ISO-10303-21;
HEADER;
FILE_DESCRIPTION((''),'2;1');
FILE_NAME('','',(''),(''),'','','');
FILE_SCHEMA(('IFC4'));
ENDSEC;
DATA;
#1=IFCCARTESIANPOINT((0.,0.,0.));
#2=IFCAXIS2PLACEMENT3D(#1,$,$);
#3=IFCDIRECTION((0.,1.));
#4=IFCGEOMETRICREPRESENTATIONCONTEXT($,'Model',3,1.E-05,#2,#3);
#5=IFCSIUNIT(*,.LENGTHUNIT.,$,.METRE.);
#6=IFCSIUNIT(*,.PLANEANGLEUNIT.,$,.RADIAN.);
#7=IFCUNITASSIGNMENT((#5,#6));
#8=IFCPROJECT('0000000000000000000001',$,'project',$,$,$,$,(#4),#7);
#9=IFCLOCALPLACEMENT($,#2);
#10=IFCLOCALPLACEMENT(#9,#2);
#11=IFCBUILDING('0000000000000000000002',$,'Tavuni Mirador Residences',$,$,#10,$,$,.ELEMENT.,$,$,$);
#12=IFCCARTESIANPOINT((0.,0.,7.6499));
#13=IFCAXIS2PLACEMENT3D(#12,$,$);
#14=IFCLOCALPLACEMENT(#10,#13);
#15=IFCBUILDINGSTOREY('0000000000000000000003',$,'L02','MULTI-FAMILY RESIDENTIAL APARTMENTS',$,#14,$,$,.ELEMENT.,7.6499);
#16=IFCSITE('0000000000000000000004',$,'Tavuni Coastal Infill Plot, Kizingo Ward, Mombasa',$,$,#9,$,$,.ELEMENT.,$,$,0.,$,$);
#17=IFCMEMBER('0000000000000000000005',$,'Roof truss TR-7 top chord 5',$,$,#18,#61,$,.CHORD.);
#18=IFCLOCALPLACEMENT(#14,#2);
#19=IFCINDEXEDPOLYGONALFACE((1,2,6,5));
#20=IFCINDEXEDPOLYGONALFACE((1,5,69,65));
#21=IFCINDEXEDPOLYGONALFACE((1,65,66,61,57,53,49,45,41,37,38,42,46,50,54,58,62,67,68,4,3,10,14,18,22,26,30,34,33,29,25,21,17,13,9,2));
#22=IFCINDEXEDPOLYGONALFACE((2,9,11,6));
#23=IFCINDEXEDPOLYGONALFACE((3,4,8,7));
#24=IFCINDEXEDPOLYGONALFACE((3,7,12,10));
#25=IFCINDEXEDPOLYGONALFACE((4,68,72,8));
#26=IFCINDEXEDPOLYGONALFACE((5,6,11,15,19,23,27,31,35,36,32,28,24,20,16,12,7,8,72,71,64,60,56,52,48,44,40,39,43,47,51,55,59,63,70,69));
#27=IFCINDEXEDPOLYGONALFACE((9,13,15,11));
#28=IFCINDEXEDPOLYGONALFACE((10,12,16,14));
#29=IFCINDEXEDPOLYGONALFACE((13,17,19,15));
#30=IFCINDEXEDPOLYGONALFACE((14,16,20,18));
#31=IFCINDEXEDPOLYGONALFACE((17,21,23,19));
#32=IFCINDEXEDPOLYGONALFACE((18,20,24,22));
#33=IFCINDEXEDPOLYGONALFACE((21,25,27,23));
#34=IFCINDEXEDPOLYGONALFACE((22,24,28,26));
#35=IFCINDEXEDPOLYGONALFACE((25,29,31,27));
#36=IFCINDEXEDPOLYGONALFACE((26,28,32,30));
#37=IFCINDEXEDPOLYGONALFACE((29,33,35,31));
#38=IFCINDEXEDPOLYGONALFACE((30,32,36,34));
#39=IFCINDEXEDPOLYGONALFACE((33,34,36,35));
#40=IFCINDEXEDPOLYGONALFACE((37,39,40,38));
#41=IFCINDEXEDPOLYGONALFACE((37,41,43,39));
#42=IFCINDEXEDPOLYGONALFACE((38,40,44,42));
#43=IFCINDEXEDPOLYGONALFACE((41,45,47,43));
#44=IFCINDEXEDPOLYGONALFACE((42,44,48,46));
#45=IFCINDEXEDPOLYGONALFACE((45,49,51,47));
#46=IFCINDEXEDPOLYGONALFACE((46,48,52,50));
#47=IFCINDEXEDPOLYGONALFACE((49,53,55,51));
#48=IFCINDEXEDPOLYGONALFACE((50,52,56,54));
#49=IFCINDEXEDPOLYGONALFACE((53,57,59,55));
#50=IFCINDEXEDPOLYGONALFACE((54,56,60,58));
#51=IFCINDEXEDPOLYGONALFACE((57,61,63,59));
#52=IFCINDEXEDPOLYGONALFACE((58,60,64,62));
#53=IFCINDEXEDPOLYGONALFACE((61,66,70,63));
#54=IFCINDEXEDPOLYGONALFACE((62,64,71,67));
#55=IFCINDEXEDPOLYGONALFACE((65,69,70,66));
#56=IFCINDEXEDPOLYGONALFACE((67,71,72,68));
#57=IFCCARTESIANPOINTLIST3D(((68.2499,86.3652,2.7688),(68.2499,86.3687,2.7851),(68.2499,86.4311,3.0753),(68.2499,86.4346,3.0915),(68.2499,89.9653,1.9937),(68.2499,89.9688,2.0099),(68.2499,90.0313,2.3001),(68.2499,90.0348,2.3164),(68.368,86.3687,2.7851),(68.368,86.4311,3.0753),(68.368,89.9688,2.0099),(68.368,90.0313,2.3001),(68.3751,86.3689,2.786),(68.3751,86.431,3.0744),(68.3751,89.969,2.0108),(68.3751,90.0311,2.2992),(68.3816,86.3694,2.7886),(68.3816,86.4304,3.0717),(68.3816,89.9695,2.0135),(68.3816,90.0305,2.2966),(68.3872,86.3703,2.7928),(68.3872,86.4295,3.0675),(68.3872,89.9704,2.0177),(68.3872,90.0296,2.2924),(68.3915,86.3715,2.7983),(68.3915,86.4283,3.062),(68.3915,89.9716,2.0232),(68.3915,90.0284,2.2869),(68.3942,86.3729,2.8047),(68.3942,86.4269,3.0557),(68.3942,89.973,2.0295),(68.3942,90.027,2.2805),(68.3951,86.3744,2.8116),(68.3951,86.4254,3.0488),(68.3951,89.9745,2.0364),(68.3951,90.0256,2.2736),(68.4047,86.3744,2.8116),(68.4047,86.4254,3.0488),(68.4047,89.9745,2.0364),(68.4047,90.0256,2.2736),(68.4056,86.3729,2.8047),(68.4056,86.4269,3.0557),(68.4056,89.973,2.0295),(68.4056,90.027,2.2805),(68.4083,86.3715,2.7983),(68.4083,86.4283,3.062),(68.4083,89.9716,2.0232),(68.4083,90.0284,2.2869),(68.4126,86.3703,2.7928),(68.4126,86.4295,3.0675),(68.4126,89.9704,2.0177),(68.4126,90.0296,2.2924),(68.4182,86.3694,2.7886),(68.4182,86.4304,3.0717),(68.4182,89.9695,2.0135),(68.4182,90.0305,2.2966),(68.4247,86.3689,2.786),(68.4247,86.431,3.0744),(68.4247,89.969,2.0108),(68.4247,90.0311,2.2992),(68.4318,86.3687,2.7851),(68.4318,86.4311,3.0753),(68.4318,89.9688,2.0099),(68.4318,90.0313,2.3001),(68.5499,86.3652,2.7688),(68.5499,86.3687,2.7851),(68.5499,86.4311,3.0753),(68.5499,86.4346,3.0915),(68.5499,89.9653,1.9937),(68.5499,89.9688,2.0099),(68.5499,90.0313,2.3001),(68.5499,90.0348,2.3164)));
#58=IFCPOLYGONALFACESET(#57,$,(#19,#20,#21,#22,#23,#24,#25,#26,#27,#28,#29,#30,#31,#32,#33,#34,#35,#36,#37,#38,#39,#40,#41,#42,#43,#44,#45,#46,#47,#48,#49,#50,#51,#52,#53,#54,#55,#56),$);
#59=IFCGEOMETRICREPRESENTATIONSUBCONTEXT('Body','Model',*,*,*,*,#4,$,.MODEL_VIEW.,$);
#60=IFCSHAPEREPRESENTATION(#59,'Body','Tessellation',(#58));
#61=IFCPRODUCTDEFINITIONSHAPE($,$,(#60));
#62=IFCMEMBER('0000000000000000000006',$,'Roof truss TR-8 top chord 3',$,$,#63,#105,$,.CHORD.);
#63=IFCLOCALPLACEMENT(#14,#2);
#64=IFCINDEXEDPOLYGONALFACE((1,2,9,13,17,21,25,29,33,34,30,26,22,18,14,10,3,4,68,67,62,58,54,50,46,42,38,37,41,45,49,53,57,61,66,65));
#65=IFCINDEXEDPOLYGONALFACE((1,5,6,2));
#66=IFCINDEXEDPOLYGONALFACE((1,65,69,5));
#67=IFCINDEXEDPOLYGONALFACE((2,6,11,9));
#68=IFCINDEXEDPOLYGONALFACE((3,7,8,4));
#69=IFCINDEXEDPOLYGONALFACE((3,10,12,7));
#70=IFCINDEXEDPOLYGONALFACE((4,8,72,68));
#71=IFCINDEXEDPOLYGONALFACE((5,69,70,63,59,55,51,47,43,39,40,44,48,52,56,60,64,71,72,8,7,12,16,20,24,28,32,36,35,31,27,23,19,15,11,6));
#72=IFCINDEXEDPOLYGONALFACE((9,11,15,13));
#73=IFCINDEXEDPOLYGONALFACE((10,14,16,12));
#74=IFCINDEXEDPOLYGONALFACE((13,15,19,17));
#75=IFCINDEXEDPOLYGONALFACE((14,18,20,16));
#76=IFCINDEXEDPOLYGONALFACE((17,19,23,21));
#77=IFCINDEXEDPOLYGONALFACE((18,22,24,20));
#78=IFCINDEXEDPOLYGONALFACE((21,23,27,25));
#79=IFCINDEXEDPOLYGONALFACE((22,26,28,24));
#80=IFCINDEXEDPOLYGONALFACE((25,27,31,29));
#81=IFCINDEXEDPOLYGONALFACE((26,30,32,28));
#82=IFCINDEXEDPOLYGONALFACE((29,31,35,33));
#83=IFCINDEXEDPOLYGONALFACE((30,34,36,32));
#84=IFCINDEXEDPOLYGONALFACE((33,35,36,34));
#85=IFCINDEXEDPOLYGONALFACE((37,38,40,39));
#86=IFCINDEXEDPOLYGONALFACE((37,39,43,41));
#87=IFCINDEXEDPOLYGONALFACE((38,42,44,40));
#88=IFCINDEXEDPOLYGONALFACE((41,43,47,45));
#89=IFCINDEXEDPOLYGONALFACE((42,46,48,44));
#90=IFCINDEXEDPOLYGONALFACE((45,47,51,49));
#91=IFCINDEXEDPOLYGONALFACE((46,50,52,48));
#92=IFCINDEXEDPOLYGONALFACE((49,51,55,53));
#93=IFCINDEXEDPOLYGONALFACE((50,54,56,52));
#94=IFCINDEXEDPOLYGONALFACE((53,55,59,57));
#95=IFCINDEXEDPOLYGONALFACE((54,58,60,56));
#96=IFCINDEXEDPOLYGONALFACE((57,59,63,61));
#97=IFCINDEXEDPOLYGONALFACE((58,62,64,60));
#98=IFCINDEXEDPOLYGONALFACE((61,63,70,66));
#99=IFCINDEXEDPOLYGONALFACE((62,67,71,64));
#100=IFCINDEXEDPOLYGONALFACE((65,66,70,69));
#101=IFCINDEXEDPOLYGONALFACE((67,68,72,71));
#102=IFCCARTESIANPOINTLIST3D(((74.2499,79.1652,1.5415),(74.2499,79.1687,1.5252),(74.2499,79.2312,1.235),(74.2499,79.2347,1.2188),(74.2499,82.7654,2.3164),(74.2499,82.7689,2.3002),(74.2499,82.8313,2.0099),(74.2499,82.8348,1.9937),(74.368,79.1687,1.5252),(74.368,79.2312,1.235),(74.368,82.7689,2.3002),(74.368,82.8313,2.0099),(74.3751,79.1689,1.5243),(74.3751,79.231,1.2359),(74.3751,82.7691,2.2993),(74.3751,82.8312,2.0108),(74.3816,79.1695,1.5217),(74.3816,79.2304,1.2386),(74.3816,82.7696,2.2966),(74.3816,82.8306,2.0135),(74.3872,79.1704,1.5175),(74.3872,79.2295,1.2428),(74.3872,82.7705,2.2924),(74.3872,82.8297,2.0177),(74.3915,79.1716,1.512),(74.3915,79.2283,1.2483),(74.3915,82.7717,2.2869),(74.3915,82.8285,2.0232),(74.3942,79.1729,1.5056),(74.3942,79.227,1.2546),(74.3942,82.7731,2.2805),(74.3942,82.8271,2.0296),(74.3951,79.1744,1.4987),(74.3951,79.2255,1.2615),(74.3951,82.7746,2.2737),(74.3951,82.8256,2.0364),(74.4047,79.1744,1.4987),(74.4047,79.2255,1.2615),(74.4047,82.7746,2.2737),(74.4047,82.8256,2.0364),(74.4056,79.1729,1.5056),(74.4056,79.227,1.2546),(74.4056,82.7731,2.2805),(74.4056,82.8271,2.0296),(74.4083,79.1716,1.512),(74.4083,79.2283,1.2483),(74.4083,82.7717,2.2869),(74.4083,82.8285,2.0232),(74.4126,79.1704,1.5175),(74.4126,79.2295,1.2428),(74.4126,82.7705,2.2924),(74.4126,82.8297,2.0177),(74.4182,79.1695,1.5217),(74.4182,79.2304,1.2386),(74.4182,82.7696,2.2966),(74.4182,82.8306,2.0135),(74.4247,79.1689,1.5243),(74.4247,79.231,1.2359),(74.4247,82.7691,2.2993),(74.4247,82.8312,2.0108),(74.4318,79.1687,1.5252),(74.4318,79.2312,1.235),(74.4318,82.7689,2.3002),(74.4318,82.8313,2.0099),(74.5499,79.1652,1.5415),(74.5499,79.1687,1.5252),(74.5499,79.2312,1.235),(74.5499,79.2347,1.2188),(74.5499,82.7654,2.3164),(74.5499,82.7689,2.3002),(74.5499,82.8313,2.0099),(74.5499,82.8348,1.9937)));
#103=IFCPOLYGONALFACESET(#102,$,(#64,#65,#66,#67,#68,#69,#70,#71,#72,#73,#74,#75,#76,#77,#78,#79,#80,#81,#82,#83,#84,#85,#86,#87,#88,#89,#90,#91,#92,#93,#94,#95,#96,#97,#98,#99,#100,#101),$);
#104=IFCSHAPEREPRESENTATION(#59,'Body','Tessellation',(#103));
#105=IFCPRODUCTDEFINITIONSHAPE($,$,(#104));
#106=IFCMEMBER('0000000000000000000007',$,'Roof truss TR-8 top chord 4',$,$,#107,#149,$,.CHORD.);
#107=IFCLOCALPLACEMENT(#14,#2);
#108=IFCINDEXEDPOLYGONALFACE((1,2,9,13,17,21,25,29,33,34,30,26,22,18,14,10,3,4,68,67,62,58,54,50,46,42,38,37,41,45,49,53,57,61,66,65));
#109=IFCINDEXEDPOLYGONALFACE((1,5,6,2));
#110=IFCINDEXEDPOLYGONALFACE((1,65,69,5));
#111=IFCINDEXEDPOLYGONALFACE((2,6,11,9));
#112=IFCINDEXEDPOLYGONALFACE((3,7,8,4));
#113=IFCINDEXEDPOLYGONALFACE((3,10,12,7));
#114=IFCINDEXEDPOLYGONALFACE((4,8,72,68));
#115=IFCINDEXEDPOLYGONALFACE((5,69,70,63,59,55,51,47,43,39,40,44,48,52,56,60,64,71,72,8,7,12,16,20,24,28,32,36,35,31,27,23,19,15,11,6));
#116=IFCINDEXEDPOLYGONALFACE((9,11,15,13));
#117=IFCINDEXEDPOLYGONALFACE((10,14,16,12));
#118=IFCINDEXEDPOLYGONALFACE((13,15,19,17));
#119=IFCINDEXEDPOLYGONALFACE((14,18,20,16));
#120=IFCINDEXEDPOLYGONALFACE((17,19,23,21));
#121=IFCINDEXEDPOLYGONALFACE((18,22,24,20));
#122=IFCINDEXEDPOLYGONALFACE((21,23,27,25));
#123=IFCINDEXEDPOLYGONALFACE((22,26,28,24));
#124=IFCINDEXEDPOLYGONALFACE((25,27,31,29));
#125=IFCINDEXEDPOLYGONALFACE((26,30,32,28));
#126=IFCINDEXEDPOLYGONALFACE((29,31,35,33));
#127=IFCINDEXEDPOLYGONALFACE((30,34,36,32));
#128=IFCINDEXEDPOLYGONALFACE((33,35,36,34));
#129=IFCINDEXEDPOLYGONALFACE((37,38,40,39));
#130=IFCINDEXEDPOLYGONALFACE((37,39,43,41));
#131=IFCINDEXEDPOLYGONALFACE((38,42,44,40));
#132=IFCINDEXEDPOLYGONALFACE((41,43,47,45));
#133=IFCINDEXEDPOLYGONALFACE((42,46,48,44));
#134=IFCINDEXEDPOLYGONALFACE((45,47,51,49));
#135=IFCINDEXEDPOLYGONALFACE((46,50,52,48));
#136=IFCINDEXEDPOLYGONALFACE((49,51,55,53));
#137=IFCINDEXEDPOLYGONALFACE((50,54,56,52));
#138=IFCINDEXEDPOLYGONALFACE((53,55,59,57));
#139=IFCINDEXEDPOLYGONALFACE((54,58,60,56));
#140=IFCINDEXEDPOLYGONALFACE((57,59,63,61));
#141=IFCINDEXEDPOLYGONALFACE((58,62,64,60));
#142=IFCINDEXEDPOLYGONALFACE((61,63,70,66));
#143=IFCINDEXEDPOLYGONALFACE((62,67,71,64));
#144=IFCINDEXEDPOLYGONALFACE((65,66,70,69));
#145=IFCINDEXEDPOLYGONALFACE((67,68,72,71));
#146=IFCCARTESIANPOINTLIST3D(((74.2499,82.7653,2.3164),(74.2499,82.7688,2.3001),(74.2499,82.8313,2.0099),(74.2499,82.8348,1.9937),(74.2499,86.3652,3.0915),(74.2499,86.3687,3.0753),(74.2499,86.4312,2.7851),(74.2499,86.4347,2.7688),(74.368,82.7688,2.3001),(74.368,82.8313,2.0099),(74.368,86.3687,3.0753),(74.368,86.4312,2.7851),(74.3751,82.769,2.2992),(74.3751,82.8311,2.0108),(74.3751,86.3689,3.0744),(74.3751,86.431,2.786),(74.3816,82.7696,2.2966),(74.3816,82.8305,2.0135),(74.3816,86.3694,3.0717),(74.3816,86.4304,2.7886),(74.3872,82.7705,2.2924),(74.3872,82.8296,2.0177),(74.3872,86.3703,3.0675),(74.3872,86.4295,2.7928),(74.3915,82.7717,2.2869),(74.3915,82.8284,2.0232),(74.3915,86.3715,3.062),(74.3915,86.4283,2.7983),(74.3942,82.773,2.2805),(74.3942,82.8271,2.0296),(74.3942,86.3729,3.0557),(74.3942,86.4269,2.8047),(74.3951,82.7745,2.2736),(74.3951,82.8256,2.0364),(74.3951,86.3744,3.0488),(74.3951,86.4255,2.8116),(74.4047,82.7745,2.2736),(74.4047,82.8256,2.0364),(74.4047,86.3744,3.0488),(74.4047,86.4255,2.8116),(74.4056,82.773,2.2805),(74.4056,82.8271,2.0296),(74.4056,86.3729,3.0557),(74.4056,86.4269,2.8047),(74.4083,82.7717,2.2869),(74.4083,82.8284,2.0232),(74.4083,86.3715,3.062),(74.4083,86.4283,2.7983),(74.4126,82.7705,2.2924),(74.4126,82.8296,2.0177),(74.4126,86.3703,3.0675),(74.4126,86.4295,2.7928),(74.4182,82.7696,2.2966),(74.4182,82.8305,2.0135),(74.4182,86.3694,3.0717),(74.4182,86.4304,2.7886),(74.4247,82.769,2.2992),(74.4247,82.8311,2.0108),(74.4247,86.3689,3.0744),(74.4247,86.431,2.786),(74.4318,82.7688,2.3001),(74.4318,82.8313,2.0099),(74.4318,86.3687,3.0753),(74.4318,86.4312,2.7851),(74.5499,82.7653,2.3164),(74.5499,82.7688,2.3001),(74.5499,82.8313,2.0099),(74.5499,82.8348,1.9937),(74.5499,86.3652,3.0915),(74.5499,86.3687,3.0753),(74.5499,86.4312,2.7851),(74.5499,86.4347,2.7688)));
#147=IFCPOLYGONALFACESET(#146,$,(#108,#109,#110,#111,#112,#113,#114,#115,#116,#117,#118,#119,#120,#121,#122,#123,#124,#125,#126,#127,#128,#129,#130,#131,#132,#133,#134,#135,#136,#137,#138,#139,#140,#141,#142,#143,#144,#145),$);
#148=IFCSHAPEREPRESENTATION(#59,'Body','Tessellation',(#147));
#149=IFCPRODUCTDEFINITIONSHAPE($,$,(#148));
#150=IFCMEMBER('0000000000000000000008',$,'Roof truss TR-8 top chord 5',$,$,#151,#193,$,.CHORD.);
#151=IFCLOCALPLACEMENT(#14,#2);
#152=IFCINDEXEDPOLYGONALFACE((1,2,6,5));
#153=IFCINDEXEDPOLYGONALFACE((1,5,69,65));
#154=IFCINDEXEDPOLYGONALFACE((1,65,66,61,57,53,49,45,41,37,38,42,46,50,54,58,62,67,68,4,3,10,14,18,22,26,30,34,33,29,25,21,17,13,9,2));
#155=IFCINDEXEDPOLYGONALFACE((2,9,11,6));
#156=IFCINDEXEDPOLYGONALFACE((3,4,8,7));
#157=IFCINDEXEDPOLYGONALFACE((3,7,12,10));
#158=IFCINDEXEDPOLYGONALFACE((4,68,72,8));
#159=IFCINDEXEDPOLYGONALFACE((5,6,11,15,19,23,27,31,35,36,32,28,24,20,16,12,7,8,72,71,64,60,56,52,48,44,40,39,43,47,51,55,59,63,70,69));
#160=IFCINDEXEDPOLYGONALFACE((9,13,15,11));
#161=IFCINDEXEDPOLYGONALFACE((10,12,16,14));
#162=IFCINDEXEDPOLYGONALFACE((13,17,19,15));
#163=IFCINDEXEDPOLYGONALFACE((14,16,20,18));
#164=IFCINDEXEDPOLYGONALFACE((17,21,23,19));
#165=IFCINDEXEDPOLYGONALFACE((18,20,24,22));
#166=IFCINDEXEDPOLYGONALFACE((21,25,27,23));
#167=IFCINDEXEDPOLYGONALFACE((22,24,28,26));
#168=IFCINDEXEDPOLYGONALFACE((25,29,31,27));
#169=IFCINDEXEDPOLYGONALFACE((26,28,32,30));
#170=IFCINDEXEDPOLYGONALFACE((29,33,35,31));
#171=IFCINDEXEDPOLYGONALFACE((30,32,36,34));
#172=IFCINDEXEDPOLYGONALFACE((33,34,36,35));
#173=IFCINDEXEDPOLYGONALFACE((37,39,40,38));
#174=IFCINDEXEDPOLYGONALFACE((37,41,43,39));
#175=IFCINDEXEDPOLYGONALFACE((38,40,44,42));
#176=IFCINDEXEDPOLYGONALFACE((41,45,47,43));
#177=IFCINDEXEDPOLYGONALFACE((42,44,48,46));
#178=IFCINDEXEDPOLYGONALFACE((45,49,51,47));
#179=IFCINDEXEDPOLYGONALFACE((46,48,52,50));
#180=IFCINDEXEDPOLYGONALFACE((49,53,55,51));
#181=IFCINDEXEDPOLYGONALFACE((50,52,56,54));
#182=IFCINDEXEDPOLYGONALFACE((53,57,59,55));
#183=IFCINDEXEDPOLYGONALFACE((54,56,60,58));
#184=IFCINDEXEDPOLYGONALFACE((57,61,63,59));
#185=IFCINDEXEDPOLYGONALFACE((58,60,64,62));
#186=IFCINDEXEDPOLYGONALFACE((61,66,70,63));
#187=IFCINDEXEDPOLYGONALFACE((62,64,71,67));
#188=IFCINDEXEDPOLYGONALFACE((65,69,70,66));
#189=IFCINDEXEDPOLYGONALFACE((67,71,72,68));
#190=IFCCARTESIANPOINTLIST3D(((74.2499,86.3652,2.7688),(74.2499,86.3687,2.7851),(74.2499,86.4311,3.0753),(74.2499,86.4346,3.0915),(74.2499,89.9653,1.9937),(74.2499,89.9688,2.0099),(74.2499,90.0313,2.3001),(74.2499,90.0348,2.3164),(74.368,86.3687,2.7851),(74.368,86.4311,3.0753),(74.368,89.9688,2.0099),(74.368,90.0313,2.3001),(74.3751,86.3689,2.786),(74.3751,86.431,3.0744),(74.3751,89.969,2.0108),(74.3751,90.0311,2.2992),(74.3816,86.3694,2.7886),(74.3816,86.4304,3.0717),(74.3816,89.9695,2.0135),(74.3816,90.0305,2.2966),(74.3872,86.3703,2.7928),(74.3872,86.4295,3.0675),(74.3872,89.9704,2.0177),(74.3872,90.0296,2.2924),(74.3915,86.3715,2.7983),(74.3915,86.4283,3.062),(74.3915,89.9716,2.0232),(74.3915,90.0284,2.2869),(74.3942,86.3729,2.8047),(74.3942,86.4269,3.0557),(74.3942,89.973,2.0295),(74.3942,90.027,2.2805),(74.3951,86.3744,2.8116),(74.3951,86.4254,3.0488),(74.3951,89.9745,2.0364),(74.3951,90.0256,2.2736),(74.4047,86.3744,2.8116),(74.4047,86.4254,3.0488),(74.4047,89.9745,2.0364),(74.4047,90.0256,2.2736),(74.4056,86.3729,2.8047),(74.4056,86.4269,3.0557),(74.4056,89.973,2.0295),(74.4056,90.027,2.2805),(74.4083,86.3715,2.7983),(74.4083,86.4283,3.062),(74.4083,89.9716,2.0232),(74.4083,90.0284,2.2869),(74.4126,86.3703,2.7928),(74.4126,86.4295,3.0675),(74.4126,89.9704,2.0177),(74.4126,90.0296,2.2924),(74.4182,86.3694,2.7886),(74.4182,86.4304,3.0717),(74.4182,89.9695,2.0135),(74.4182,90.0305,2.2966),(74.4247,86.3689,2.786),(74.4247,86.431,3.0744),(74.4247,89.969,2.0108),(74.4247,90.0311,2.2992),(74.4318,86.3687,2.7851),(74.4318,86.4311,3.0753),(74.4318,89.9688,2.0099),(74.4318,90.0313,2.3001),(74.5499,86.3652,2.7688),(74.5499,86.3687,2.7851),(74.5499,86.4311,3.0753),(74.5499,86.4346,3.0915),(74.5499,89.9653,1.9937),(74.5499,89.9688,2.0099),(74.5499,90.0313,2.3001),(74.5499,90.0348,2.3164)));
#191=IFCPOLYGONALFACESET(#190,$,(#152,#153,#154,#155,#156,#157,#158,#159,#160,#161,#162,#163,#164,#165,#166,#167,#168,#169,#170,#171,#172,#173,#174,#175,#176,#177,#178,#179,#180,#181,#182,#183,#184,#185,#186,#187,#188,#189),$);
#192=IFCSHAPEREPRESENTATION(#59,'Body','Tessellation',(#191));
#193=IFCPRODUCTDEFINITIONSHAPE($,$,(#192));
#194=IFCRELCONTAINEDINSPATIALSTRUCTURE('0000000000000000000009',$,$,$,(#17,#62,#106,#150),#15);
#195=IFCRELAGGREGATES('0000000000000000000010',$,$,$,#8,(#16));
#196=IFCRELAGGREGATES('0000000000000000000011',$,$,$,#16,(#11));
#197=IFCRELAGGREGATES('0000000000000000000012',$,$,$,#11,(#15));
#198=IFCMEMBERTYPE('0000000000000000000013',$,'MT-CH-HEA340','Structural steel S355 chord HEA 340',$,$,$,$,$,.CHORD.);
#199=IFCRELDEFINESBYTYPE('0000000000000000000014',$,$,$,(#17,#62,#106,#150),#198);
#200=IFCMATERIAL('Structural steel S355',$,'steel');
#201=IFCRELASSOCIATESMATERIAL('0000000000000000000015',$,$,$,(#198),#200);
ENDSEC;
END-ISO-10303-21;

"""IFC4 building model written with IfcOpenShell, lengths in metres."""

from ifc_helpers import new_model, si_unit, direction, frame, origin, origin_2d, place, context, subcontext, project, spatial, i_section, extrude, material, material_profile, profile_set, type_object, element, save


model = new_model("IFC4")

# Units and contexts
model_context = context("Model", 3, precision=1e-05, world=origin(), true_north=direction((0.0, 1.0)))
body_context = subcontext(model_context, "Body", "Model", "MODEL_VIEW")
ifc_project = project(units=[si_unit("LENGTHUNIT", "METRE"), si_unit("PLANEANGLEUNIT", "RADIAN")], contexts=[model_context])

# Site, building, storey
site_placement = place(None, origin())
site = spatial("IfcSite", under=ifc_project, at=site_placement, Name="Tavuni Coastal Infill Plot, Kizingo Ward, Mombasa", CompositionType="ELEMENT", RefElevation=0.0)
building_placement = place(site_placement, origin())
building = spatial("IfcBuilding", under=site, at=building_placement, Name="Tavuni Mirador Residences", CompositionType="ELEMENT")
storey_placement = place(building_placement, frame((0.0, 0.0, 7.6499)))
storey = spatial("IfcBuildingStorey", under=building, at=storey_placement, Name="L02", Description="MULTI-FAMILY RESIDENTIAL APARTMENTS", CompositionType="ELEMENT", Elevation=7.6499)

# Members
ifc_material_1 = material(Name="Structural steel S355", Category="steel")
ifc_material_profile_1 = material_profile(ifc_material_1, i_section(OverallWidth=0.3, OverallDepth=0.3301, WebThickness=0.0095, FlangeThickness=0.0166, FilletRadius=0.0271, at=origin_2d()), Name="HEA 340", Category="steel")
ifc_profile_set_1 = profile_set([ifc_material_profile_1], Name="Structural steel S355")
member_type_1 = type_object("IfcMemberType", Name="MT-CH-HEA340", Description="Structural steel S355 chord HEA 340", PredefinedType="CHORD", material=ifc_profile_set_1)
for number, where, z_axis, x_axis, name in (
    (1, (68.3999, 86.3999, 2.9302), (0.0, 0.977596, -0.210489), (-1.0, 0.0, 0.0), "Roof truss TR-7 top chord 5"),
    (2, (74.3999, 79.2, 1.3801), (0.0, 0.97761, 0.210425), (-1.0, 0.0, 0.0), "Roof truss TR-8 top chord 3"),
):
    element("IfcMember", number, at=place(storey_placement, frame(where, z_axis=z_axis, x_axis=x_axis)), inside=storey, type_object=member_type_1, Name=name, PredefinedType="CHORD", context=body_context, shape_type="SweptSolid", body=[
        extrude(i_section(OverallWidth=0.3, OverallDepth=0.3301, WebThickness=0.0095, FlangeThickness=0.0166, FilletRadius=0.0271, at=origin_2d()), origin(), (0.0, 0.0, 1.0), 3.6826),
    ])
member_1_placement = place(storey_placement, frame((74.3999, 82.8, 2.155), z_axis=(0.0, 0.977593, 0.210502), x_axis=(-1.0, 0.0, 0.0)))
element("IfcMember", 3, at=member_1_placement, inside=storey, type_object=member_type_1, Name="Roof truss TR-8 top chord 4", PredefinedType="CHORD", context=body_context, shape_type="SweptSolid", body=[
    extrude(i_section(OverallWidth=0.3, OverallDepth=0.3301, WebThickness=0.0095, FlangeThickness=0.0166, FilletRadius=0.0271, at=origin_2d()), origin(), (0.0, 0.0, 1.0), 3.6824),
])
member_2_placement = place(storey_placement, frame((74.3999, 86.3999, 2.9302), z_axis=(0.0, 0.977596, -0.210489), x_axis=(-1.0, 0.0, 0.0)))
element("IfcMember", 4, at=member_2_placement, inside=storey, type_object=member_type_1, Name="Roof truss TR-8 top chord 5", PredefinedType="CHORD", context=body_context, shape_type="SweptSolid", body=[
    extrude(i_section(OverallWidth=0.3, OverallDepth=0.3301, WebThickness=0.0095, FlangeThickness=0.0166, FilletRadius=0.0271, at=origin_2d()), origin(), (0.0, 0.0, 1.0), 3.6826),
])

save(model, "model.ifc")
